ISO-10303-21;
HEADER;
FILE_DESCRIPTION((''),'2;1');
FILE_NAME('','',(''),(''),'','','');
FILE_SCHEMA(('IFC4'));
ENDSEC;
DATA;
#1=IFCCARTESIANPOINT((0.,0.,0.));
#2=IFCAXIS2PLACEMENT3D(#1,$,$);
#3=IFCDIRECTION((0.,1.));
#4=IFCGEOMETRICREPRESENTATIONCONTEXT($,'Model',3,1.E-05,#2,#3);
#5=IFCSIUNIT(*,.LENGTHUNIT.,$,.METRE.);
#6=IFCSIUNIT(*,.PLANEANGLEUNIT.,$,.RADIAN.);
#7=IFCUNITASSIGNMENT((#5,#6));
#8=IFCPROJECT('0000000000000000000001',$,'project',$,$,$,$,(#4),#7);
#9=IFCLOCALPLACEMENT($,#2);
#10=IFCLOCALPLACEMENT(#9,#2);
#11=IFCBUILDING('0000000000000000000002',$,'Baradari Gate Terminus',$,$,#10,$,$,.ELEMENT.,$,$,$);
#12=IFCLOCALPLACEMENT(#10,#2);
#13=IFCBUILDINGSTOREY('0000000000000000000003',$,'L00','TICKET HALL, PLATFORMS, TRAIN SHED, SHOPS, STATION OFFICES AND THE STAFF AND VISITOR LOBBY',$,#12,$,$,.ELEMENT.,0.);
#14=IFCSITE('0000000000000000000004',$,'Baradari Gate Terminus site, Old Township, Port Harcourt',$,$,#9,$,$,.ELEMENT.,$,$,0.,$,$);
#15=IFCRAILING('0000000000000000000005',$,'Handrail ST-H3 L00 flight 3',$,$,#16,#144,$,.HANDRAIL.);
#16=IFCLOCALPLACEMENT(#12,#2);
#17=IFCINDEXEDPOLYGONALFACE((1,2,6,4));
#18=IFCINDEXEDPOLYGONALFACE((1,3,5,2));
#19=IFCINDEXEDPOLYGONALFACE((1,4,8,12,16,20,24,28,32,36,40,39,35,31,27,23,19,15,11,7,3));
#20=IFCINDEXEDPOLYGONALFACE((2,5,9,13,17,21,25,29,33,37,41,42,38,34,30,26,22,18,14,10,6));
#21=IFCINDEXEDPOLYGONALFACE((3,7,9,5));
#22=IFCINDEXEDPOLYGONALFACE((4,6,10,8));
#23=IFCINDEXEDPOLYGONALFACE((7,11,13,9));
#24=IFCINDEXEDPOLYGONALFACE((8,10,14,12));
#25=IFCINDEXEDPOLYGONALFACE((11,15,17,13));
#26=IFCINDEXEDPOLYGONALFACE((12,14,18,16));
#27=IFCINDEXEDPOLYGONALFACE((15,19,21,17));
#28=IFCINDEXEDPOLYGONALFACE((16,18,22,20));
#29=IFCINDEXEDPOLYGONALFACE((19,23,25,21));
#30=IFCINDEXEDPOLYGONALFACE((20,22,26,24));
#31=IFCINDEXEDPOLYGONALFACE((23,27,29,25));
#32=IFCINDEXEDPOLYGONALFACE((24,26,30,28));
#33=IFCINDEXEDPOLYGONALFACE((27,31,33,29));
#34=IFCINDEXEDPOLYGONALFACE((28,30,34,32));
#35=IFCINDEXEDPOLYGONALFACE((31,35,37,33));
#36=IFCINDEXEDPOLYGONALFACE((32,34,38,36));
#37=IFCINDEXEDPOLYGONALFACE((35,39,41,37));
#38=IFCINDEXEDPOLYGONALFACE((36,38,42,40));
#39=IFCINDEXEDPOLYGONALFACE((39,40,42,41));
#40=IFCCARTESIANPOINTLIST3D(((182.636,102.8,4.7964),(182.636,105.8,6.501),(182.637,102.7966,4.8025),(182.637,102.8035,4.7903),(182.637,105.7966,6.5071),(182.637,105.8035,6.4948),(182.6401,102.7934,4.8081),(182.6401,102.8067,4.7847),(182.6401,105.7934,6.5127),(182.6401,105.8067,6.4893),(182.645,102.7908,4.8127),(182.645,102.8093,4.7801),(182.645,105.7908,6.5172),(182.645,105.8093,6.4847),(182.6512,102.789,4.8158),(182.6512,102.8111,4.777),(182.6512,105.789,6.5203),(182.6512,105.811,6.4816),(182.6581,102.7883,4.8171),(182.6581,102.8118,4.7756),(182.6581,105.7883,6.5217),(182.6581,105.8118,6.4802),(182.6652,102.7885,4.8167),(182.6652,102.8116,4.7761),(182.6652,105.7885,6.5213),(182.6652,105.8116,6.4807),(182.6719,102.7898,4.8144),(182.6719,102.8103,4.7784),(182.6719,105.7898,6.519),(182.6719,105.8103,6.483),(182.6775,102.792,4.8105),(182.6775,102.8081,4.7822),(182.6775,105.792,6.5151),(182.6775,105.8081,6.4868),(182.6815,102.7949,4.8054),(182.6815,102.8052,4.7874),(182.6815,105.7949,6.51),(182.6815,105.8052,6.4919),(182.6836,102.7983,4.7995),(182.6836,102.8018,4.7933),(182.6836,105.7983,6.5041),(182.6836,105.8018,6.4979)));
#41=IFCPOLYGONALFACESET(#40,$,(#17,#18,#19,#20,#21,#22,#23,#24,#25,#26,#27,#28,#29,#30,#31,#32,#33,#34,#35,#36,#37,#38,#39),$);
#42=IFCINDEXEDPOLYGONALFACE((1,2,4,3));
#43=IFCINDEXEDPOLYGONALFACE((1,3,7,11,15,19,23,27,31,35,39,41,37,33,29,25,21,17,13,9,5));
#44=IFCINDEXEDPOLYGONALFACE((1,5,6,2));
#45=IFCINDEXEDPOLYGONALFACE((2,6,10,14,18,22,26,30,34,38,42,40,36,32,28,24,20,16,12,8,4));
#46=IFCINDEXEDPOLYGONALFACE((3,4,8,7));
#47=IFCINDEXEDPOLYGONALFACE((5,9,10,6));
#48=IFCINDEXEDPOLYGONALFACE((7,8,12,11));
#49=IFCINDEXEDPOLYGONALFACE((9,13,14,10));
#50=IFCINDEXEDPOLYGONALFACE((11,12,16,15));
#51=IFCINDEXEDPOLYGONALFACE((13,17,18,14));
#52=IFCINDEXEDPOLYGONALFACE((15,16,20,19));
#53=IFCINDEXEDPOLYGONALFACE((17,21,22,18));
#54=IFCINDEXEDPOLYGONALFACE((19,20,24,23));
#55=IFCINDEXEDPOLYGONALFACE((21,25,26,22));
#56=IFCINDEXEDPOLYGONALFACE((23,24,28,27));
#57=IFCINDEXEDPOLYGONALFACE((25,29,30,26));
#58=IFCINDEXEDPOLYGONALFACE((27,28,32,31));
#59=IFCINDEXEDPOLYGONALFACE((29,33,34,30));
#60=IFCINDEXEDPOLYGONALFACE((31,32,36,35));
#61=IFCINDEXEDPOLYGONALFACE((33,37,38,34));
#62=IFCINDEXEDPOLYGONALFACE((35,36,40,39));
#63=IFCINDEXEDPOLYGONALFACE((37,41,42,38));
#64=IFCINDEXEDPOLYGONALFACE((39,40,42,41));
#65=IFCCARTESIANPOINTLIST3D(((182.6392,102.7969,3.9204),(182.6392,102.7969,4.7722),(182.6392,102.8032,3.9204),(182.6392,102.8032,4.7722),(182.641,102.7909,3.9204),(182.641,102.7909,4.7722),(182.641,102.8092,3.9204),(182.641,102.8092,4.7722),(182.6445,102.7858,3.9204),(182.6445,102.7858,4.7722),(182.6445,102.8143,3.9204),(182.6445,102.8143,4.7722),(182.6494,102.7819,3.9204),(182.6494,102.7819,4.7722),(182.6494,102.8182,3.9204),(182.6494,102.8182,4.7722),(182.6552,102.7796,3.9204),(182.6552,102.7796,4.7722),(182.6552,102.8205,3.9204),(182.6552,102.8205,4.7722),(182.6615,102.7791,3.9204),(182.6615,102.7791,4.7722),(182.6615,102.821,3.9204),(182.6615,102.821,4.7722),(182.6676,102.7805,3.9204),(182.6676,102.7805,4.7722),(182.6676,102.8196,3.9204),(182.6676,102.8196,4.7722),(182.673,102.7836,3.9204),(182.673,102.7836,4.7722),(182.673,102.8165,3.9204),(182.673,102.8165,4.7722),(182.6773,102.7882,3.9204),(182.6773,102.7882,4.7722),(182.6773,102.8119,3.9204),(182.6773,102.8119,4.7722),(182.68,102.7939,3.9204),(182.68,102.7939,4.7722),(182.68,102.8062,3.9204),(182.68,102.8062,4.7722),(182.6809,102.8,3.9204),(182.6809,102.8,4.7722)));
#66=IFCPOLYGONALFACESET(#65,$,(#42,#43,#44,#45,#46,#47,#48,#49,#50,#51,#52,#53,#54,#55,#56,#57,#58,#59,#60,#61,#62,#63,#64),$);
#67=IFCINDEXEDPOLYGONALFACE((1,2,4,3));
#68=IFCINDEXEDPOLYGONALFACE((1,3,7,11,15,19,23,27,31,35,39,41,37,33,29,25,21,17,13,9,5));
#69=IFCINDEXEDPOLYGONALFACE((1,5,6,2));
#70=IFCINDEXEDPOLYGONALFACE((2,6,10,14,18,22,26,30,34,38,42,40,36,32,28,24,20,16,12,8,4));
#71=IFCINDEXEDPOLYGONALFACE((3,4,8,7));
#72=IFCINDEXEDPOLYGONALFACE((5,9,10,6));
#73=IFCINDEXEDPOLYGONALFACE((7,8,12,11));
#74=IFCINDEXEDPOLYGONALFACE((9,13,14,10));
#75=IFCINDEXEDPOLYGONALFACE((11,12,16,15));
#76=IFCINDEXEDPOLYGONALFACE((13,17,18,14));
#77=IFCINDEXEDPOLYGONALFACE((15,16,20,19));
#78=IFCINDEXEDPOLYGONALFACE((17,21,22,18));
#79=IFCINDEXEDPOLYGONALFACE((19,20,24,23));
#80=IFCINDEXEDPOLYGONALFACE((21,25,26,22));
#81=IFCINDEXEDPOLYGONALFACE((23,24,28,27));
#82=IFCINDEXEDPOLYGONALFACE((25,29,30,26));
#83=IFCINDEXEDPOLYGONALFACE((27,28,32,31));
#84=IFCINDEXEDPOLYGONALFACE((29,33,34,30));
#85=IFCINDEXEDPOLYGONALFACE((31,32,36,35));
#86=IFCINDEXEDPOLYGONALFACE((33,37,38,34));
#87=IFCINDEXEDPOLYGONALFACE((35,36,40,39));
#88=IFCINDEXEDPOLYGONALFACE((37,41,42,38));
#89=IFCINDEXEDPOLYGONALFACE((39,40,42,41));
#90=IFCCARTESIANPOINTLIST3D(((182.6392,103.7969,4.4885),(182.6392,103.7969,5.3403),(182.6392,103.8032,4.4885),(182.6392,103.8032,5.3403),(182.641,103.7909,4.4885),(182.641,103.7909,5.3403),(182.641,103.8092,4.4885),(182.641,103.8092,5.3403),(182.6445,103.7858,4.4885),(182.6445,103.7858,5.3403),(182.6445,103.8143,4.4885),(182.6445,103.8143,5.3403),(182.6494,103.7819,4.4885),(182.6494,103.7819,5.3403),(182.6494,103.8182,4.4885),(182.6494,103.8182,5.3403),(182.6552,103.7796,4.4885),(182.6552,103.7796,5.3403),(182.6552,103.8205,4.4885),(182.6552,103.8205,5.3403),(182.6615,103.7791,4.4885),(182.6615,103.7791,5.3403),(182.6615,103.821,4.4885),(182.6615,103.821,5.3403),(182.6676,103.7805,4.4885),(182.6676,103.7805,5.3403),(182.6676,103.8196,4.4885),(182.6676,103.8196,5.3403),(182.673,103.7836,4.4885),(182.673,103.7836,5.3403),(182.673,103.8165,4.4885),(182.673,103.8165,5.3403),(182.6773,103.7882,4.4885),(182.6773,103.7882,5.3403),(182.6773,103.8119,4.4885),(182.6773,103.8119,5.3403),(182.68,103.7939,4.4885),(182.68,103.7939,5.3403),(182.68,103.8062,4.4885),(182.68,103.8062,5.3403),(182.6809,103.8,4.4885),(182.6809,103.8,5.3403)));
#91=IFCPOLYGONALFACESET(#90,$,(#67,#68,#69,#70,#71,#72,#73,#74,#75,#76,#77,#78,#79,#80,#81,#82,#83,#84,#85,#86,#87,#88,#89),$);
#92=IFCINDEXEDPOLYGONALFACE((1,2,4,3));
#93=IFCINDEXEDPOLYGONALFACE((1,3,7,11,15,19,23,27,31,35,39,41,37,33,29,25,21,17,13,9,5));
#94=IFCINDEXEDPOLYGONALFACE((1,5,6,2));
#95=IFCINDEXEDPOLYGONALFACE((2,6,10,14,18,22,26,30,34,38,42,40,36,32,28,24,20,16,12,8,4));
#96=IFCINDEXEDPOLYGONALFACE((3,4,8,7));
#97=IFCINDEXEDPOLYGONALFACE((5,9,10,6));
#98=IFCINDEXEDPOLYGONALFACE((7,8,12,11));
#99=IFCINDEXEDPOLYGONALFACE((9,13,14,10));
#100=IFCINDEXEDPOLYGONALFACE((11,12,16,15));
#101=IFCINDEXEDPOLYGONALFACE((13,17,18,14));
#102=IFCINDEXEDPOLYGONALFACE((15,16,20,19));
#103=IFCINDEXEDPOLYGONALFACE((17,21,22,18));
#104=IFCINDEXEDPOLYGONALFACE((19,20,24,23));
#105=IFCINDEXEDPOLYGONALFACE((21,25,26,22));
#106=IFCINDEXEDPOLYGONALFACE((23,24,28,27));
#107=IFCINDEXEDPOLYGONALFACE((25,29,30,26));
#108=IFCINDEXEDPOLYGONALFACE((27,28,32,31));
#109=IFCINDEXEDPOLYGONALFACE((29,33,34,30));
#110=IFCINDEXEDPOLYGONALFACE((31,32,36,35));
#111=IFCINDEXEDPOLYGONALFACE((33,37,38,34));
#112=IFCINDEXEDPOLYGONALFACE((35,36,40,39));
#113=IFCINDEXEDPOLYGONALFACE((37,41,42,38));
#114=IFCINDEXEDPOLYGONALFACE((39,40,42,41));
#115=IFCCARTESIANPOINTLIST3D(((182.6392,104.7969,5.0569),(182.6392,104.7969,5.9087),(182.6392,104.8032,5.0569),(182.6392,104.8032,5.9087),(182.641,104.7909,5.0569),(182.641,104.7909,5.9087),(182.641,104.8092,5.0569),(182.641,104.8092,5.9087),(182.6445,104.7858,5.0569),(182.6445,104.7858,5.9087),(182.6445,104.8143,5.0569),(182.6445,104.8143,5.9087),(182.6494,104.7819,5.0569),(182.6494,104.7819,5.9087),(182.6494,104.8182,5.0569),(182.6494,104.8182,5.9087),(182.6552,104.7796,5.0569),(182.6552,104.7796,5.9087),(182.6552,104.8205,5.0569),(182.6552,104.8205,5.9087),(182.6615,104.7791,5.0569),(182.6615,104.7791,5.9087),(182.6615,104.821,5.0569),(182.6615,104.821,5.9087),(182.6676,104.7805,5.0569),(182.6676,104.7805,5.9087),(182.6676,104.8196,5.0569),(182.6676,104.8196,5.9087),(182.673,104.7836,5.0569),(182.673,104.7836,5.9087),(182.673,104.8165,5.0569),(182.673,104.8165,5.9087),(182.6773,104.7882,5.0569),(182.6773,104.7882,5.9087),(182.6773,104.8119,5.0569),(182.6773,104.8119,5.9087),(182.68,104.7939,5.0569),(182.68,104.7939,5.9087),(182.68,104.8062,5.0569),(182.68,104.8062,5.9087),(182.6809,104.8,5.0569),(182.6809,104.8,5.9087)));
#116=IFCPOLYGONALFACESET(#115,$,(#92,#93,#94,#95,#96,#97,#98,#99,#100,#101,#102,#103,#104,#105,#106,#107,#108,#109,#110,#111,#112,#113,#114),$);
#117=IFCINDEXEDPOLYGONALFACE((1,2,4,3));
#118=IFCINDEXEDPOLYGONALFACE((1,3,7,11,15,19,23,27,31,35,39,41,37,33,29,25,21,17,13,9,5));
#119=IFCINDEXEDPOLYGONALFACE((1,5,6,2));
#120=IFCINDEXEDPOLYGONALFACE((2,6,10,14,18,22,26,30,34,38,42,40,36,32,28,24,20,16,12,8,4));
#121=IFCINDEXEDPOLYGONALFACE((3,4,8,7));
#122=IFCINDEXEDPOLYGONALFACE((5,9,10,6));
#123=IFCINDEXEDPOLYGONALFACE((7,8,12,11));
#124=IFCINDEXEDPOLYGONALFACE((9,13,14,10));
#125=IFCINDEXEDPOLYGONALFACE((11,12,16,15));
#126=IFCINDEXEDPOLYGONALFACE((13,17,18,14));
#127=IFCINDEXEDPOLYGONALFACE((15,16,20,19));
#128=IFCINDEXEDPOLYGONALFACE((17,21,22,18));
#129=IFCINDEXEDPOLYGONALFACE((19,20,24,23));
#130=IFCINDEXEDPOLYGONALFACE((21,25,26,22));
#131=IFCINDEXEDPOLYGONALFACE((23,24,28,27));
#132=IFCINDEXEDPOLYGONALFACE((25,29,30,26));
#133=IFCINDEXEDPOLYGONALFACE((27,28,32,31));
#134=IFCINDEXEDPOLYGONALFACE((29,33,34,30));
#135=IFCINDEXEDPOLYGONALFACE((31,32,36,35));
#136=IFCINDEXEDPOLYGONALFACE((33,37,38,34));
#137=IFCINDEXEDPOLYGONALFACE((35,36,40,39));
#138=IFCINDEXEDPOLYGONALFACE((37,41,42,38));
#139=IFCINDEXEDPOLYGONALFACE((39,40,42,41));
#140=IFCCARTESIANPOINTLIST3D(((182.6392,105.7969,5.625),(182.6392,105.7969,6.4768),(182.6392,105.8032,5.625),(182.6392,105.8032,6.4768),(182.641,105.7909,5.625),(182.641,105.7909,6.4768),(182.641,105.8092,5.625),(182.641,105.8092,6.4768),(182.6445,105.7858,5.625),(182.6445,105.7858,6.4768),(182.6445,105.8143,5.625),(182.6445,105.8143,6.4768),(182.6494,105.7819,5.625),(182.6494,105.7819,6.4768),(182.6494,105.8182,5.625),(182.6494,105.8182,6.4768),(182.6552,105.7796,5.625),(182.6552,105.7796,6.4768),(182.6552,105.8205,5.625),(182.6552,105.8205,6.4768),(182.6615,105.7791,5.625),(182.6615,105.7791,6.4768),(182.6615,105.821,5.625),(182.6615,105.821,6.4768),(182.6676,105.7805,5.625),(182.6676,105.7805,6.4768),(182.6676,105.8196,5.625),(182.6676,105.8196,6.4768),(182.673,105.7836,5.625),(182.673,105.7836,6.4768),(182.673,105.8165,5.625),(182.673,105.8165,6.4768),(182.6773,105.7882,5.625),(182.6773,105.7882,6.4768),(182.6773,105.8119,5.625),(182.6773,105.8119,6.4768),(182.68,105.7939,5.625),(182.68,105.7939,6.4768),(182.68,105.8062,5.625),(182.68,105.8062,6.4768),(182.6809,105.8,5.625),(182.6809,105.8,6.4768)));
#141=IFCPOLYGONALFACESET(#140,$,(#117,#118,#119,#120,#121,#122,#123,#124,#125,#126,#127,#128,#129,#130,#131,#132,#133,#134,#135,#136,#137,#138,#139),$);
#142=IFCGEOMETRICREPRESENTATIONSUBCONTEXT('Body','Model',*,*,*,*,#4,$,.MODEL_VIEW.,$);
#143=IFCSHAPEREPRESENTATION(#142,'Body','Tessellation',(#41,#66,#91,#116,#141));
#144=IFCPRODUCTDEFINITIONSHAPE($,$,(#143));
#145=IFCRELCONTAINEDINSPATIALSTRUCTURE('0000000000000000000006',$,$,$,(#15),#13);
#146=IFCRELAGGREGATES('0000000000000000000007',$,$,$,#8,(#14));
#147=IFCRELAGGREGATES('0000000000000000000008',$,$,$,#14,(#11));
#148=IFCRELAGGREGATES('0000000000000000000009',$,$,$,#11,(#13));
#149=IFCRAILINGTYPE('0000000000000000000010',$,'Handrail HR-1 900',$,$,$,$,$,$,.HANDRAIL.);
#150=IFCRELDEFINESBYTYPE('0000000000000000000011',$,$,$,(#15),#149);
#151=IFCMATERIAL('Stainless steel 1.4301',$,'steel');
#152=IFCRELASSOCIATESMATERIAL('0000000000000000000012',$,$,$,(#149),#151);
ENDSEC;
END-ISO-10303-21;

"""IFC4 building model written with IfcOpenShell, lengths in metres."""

from ifc_helpers import new_model, si_unit, direction, frame, origin, origin_2d, place, context, subcontext, project, spatial, circle, extrude, material, type_object, element, save


model = new_model("IFC4")

# Units and contexts
model_context = context("Model", 3, precision=1e-05, world=origin(), true_north=direction((0.0, 1.0)))
body_context = subcontext(model_context, "Body", "Model", "MODEL_VIEW")
ifc_project = project(units=[si_unit("LENGTHUNIT", "METRE"), si_unit("PLANEANGLEUNIT", "RADIAN")], contexts=[model_context])

# Site, building, storey
site_placement = place(None, origin())
site = spatial("IfcSite", under=ifc_project, at=site_placement, Name="Baradari Gate Terminus site, Old Township, Port Harcourt", CompositionType="ELEMENT", RefElevation=0.0)
building_placement = place(site_placement, origin())
building = spatial("IfcBuilding", under=site, at=building_placement, Name="Baradari Gate Terminus", CompositionType="ELEMENT")
storey_placement = place(building_placement, origin())
storey = spatial("IfcBuildingStorey", under=building, at=storey_placement, Name="L00", Description="TICKET HALL, PLATFORMS, TRAIN SHED, SHOPS, STATION OFFICES AND THE STAFF AND VISITOR LOBBY", CompositionType="ELEMENT", Elevation=0.0)

# Railing
ifc_material_1 = material(Name="Stainless steel 1.4301", Category="steel")
railing_type_1 = type_object("IfcRailingType", Name="Handrail HR-1 900", PredefinedType="HANDRAIL", material=ifc_material_1)
for number, where, name in (
    (1, (182.6599, 102.8, 3.9204), "Handrail ST-H3 L00 flight 3"),
):
    element("IfcRailing", number, at=place(storey_placement, frame(where)), inside=storey, type_object=railing_type_1, Name=name, PredefinedType="HANDRAIL", context=body_context, shape_type="SweptSolid", body=[
        extrude(circle(Radius=0.0239, at=origin_2d()), frame((0.0, 0.0, 0.876), z_axis=(0.0, 0.869451, 0.494019), x_axis=(-1.0, 0.0, 0.0)), (0.0, 0.0, 1.0), 3.4504),
        extrude(circle(Radius=0.021, at=origin_2d()), origin(), (0.0, 0.0, 1.0), 0.8518),
        extrude(circle(Radius=0.021, at=origin_2d()), frame((0.0, 1.0, 0.5681)), (0.0, 0.0, 1.0), 0.8518),
        extrude(circle(Radius=0.021, at=origin_2d()), frame((0.0, 2.0, 1.1365)), (0.0, 0.0, 1.0), 0.8518),
        extrude(circle(Radius=0.021, at=origin_2d()), frame((0.0, 3.0, 1.7046)), (0.0, 0.0, 1.0), 0.8518),
    ])

save(model, "model.ifc")
